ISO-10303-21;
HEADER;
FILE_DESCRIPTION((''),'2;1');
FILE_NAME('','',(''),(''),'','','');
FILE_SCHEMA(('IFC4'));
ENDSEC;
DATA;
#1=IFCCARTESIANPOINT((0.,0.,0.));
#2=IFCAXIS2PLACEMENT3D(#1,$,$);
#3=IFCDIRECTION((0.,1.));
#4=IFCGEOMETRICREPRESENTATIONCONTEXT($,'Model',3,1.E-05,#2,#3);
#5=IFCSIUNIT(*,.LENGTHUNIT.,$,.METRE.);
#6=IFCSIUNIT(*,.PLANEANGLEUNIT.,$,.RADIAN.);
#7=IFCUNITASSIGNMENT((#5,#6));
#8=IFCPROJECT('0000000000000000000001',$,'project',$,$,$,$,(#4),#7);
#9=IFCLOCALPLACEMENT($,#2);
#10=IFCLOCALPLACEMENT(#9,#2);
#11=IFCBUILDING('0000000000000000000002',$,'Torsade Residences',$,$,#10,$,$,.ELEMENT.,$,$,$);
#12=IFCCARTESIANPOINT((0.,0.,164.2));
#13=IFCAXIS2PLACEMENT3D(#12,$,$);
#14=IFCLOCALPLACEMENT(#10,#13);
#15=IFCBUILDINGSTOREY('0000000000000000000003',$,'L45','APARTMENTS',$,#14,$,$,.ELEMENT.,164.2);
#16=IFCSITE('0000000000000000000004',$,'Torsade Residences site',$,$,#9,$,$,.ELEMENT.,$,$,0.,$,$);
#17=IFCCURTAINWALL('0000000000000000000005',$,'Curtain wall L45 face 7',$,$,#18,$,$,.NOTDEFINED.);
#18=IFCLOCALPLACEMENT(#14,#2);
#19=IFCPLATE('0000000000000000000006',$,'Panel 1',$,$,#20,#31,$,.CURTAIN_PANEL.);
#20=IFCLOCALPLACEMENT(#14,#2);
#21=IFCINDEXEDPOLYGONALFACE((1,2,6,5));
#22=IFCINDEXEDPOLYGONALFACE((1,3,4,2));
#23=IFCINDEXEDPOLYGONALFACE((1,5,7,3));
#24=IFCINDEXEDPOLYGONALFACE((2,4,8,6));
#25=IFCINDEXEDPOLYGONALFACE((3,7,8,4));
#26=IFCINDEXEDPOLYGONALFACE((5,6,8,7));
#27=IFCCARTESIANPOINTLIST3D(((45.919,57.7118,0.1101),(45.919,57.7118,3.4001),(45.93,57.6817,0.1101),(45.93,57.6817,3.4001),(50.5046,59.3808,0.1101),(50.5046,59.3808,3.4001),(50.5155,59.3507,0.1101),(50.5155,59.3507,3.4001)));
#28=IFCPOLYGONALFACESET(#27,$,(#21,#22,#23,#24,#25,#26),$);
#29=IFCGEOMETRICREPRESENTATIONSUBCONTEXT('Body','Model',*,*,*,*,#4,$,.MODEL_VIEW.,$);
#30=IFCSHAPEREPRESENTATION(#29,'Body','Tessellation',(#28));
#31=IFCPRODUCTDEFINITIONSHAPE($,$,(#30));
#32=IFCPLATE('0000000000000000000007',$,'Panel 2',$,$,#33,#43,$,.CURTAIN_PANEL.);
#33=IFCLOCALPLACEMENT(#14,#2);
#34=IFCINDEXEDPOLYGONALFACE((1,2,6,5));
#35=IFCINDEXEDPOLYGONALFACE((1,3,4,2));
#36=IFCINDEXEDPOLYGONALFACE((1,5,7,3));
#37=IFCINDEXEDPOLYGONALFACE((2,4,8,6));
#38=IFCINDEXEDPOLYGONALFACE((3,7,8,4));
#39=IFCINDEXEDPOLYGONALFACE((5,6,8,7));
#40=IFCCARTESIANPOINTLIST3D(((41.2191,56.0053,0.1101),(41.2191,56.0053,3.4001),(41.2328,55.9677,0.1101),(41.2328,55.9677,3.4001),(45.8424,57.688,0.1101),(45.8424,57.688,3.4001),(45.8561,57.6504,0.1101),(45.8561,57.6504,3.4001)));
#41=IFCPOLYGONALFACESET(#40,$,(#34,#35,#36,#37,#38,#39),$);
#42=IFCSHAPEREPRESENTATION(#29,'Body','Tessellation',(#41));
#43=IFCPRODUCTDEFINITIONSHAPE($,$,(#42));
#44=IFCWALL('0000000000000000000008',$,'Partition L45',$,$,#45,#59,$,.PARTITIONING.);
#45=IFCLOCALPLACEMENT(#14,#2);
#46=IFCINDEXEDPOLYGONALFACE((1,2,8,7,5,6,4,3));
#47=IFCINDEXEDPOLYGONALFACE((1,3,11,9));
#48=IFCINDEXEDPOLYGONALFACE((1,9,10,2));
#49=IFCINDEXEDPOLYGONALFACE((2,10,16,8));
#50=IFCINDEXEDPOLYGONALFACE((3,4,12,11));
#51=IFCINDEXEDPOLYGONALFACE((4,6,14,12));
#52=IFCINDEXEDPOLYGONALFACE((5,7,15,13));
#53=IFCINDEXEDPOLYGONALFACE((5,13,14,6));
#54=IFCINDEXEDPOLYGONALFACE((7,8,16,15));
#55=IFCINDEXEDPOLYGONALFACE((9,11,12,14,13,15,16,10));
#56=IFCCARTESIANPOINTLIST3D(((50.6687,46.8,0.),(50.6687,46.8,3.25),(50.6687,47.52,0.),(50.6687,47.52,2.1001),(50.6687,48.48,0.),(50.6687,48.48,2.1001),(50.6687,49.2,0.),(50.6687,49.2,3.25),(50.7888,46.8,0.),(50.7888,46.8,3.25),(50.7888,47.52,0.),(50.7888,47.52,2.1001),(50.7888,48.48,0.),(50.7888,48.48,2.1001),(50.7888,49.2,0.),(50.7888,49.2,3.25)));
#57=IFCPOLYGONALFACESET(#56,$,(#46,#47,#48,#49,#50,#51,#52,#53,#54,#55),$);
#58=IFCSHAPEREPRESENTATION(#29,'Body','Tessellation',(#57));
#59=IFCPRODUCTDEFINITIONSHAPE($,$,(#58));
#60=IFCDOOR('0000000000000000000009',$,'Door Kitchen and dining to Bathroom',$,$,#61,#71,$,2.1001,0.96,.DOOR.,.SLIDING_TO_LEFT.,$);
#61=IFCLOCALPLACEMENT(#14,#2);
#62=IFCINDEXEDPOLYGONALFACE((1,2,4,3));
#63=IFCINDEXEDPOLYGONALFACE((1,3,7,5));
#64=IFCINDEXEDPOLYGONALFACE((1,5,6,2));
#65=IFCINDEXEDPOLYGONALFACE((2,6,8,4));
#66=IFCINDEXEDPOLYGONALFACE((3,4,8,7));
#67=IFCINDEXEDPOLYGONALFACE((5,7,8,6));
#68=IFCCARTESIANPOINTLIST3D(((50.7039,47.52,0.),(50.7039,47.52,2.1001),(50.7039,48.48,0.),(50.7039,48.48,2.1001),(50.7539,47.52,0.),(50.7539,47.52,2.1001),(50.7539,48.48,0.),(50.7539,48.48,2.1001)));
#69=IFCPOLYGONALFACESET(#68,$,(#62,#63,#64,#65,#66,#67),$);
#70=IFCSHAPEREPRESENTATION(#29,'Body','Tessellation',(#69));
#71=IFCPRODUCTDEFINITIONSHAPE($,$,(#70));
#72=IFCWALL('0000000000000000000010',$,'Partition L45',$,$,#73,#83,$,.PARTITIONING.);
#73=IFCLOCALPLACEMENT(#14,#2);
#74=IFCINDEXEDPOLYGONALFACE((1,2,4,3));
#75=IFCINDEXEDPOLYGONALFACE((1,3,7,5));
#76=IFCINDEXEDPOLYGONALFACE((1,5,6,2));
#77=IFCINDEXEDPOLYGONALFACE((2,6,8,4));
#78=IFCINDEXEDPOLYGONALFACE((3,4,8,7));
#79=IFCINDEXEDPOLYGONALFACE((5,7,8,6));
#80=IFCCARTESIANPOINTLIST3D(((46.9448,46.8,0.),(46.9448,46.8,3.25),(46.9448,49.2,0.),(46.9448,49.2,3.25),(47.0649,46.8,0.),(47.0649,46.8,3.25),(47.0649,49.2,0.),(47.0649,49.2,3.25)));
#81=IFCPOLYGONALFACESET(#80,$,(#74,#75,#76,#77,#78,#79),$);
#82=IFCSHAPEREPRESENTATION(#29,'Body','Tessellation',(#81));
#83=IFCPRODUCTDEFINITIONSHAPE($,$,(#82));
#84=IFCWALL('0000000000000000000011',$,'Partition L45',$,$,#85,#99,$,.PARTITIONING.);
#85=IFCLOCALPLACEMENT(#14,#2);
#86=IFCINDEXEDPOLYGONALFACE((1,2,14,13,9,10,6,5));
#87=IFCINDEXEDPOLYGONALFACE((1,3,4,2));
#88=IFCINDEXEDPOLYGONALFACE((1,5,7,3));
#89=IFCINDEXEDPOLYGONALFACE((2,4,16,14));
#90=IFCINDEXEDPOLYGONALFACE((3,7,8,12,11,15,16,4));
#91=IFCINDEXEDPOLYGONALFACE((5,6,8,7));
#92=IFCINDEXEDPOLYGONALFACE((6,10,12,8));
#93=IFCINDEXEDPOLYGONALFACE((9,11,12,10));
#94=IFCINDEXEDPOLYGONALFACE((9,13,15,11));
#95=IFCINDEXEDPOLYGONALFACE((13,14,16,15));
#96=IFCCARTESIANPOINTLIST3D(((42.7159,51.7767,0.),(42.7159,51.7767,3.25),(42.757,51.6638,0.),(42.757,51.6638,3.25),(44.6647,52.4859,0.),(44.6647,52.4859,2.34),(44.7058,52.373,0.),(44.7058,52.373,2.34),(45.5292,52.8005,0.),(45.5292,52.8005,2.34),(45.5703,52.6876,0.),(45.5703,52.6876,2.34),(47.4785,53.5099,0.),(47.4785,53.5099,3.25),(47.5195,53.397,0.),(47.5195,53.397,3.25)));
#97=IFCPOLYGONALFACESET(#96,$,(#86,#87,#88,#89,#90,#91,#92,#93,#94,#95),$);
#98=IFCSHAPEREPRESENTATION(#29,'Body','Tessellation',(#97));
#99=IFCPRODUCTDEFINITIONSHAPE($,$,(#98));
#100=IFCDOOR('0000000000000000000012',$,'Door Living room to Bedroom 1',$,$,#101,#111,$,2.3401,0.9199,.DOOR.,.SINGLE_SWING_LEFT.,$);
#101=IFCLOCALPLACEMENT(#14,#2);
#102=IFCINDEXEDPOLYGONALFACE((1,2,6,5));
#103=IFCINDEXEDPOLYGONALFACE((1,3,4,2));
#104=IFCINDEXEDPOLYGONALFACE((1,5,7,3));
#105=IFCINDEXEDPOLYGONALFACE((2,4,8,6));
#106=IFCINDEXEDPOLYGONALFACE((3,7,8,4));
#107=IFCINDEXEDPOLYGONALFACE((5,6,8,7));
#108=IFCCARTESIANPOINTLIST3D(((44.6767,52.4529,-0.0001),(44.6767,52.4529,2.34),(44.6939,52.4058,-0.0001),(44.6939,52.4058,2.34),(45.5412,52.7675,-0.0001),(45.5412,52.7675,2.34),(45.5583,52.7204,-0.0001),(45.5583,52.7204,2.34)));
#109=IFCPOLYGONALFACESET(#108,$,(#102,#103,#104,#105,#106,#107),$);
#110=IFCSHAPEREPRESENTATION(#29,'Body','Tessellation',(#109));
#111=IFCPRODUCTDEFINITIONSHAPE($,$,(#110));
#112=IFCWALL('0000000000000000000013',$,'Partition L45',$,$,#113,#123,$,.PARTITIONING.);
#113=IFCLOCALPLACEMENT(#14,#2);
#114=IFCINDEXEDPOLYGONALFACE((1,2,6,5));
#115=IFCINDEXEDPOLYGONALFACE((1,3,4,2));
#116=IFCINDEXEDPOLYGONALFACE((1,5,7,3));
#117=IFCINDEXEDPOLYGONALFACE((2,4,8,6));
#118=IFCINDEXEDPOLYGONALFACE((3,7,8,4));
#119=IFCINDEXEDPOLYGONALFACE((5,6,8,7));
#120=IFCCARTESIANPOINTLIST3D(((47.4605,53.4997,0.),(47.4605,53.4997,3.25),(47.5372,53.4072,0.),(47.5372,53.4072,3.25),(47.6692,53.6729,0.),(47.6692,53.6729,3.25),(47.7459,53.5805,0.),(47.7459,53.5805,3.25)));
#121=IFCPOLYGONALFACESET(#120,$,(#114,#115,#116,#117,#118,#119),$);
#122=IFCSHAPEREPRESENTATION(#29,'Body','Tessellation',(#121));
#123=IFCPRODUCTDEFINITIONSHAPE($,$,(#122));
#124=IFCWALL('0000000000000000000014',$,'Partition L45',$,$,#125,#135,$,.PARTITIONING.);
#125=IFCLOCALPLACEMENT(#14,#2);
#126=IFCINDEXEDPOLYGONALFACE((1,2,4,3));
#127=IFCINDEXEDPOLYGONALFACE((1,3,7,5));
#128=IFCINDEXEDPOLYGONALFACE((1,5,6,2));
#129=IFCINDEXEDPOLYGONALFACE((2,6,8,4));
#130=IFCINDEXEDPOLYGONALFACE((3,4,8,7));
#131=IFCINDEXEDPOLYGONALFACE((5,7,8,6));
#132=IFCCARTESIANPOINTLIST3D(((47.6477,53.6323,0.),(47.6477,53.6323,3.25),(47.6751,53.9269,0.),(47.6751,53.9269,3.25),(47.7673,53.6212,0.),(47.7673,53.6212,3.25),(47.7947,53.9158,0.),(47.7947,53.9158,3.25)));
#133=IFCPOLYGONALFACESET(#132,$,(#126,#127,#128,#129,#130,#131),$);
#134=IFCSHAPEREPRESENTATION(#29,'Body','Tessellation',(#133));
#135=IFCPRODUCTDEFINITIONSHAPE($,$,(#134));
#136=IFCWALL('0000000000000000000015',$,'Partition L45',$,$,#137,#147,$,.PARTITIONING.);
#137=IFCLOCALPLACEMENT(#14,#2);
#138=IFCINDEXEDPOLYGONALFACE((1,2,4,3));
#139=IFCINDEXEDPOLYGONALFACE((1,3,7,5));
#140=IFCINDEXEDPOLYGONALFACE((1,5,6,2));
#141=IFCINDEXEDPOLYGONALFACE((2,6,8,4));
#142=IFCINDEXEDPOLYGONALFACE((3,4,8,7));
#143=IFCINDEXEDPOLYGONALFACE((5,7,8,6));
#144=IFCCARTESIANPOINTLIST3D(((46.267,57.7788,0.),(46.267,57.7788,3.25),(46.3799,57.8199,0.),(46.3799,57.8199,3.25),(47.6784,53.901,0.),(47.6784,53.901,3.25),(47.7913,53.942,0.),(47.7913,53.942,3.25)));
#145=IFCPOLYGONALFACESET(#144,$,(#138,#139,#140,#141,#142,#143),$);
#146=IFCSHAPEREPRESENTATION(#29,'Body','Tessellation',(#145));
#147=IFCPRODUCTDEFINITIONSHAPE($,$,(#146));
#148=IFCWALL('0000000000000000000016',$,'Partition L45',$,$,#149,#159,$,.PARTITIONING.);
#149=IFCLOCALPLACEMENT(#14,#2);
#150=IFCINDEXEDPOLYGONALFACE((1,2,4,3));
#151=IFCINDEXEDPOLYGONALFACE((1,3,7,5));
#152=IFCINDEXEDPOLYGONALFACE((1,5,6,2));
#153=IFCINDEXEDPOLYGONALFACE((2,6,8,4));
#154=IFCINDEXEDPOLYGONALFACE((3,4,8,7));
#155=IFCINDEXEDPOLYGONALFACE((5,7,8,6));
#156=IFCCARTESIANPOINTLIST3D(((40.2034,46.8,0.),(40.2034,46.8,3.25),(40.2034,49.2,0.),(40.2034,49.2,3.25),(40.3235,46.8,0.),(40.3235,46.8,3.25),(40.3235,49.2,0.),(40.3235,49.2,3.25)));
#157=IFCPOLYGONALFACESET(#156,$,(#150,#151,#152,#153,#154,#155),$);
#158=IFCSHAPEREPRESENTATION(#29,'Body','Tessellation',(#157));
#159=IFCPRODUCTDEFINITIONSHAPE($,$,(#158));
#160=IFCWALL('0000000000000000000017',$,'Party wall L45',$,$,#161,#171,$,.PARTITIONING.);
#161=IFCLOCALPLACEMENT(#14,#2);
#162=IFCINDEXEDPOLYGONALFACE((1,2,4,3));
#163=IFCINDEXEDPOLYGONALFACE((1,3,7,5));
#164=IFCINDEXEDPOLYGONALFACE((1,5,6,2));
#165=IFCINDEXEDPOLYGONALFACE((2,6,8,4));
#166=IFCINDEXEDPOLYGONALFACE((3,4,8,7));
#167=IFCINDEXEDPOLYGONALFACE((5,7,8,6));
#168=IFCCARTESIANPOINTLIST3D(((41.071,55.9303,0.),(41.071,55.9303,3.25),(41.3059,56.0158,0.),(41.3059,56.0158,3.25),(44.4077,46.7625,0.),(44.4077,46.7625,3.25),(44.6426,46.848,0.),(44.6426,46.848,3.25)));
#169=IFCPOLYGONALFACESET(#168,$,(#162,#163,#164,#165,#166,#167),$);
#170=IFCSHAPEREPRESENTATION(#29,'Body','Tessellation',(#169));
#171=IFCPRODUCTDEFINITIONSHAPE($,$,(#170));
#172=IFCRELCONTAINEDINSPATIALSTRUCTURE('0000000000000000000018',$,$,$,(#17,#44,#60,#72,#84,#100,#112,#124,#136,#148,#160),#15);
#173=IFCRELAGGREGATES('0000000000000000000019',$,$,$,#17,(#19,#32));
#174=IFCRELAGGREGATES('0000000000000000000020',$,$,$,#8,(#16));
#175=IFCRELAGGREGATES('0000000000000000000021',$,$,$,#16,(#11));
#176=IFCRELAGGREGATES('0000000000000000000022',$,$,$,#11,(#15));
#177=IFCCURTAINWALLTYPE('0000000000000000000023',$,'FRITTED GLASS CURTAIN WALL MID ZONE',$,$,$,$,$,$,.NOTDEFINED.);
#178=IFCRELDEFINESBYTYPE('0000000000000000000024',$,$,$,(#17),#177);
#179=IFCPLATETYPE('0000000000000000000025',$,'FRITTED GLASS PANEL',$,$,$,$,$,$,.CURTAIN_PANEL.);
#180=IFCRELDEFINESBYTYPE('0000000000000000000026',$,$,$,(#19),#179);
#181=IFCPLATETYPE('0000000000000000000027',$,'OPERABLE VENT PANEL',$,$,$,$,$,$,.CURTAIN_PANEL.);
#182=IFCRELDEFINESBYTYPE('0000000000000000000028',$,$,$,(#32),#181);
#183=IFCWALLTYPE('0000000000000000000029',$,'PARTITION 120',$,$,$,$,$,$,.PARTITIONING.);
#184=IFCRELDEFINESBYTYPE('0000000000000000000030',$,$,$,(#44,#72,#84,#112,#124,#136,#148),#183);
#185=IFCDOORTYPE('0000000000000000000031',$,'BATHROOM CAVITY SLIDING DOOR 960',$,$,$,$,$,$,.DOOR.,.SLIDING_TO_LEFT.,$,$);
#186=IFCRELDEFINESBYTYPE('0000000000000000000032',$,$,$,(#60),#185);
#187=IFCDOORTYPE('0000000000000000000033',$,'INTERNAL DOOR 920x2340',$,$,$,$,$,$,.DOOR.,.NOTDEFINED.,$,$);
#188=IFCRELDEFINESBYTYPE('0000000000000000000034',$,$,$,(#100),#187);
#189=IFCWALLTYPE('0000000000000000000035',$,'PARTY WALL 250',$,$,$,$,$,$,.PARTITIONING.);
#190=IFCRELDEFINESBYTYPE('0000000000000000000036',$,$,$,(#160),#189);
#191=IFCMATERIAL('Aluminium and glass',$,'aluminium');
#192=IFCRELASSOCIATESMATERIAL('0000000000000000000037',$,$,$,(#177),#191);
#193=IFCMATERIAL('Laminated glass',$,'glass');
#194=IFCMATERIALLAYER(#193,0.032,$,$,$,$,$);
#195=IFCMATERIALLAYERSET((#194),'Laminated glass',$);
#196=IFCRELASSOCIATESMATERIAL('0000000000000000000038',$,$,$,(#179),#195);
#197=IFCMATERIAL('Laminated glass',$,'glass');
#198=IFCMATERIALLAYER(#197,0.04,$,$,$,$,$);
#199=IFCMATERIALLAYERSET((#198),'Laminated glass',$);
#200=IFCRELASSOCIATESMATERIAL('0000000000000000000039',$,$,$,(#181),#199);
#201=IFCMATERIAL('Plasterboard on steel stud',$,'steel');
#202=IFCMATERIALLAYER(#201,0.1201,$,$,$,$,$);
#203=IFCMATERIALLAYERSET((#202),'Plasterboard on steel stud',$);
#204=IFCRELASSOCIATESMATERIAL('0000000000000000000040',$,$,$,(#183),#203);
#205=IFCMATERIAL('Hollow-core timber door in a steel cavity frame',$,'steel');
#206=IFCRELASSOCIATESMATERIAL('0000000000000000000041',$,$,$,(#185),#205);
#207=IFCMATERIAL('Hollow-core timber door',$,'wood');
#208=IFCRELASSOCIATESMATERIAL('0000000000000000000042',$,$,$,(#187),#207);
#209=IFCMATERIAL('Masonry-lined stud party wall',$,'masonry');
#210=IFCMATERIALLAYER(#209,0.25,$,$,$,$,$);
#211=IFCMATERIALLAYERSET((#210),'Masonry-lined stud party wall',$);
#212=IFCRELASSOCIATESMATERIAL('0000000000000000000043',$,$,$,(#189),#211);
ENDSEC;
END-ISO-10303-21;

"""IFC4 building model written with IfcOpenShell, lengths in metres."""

from ifc_helpers import new_model, si_unit, direction, frame, frame_2d, origin, origin_2d, place, context, subcontext, project, spatial, rectangle, extrude, material, layer, layer_set, type_object, element, fill, aggregate, save


model = new_model("IFC4")

# Units and contexts
model_context = context("Model", 3, precision=1e-05, world=origin(), true_north=direction((0.0, 1.0)))
body_context = subcontext(model_context, "Body", "Model", "MODEL_VIEW")
ifc_project = project(units=[si_unit("LENGTHUNIT", "METRE"), si_unit("PLANEANGLEUNIT", "RADIAN")], contexts=[model_context])

# Site, building, storey
site_placement = place(None, origin())
site = spatial("IfcSite", under=ifc_project, at=site_placement, Name="Torsade Residences site", CompositionType="ELEMENT", RefElevation=0.0)
building_placement = place(site_placement, origin())
building = spatial("IfcBuilding", under=site, at=building_placement, Name="Torsade Residences", CompositionType="ELEMENT")
storey_placement = place(building_placement, frame((0.0, 0.0, 164.2)))
storey = spatial("IfcBuildingStorey", under=building, at=storey_placement, Name="L45", Description="APARTMENTS", CompositionType="ELEMENT", Elevation=164.2)

# Curtain wall
ifc_material_1 = material(Name="Aluminium and glass", Category="aluminium")
curtain_wall_type = type_object("IfcCurtainWallType", Name="FRITTED GLASS CURTAIN WALL MID ZONE", PredefinedType="NOTDEFINED", material=ifc_material_1)
curtain_wall_placement = place(storey_placement, origin())
curtain_wall = element("IfcCurtainWall", 1, at=curtain_wall_placement, inside=storey, type_object=curtain_wall_type, Name="Curtain wall L45 face 7", PredefinedType="NOTDEFINED")

# Plates
ifc_material_2 = material(Name="Laminated glass", Category="glass")
ifc_layer_1 = layer(ifc_material_2, 0.032)
ifc_layer_set_1 = layer_set([ifc_layer_1], Name="Laminated glass")
plate_type_1 = type_object("IfcPlateType", Name="FRITTED GLASS PANEL", PredefinedType="CURTAIN_PANEL", material=ifc_layer_set_1)
plate_1_placement = place(storey_placement, frame((48.2173, 58.5312, 0.1101), z_axis=(0.0, 0.0, 1.0), x_axis=(-0.939693, -0.34202, 0.0)))
plate_1 = element("IfcPlate", 2, at=plate_1_placement, type_object=plate_type_1, Name="Panel 1", PredefinedType="CURTAIN_PANEL", context=body_context, shape_type="SweptSolid", body=[
    extrude(rectangle(XDim=4.8799, YDim=0.032, at=origin_2d()), origin(), (0.0, 0.0, 1.0), 3.29),
])
ifc_material_3 = material(Name="Laminated glass", Category="glass")
ifc_layer_2 = layer(ifc_material_3, 0.04)
ifc_layer_set_2 = layer_set([ifc_layer_2], Name="Laminated glass")
plate_type_2 = type_object("IfcPlateType", Name="OPERABLE VENT PANEL", PredefinedType="CURTAIN_PANEL", material=ifc_layer_set_2)
plate_2_placement = place(storey_placement, frame((43.5376, 56.8279, 0.1101), z_axis=(0.0, 0.0, 1.0), x_axis=(-0.939693, -0.34202, 0.0)))
plate_2 = element("IfcPlate", 3, at=plate_2_placement, type_object=plate_type_2, Name="Panel 2", PredefinedType="CURTAIN_PANEL", context=body_context, shape_type="SweptSolid", body=[
    extrude(rectangle(XDim=4.9199, YDim=0.04, at=origin_2d()), origin(), (0.0, 0.0, 1.0), 3.29),
])
aggregate(curtain_wall, [plate_1, plate_2])

# Wall, opening, door
ifc_material_4 = material(Name="Plasterboard on steel stud", Category="steel")
ifc_layer_3 = layer(ifc_material_4, 0.1201)
ifc_layer_set_3 = layer_set([ifc_layer_3], Name="Plasterboard on steel stud")
wall_type_1 = type_object("IfcWallType", Name="PARTITION 120", PredefinedType="PARTITIONING", material=ifc_layer_set_3)
wall_1_placement = place(storey_placement, frame((50.7288, 46.8, 0.0), z_axis=(0.0, 0.0, 1.0), x_axis=(0.0, 1.0, 0.0)))
wall_1 = element("IfcWall", 4, at=wall_1_placement, inside=storey, type_object=wall_type_1, Name="Partition L45", PredefinedType="PARTITIONING", context=body_context, shape_type="SweptSolid", body=[
    extrude(rectangle(XDim=2.3999, YDim=0.1201, at=frame_2d((1.2, 0.0))), origin(), (0.0, 0.0, 1.0), 3.25),
])
opening_1_placement = place(wall_1_placement, frame((0.72, 0.0, 0.0)))
opening_1 = element("IfcOpeningElement", 5, at=opening_1_placement, cuts=wall_1, PredefinedType="OPENING", context=body_context, shape_type="SweptSolid", body=[
    extrude(rectangle(XDim=0.96, YDim=2.1001, at=frame_2d((0.48, 1.05))), frame((0.0, 0.0701, 0.0), z_axis=(0.0, -1.0, 0.0), x_axis=(1.0, 0.0, 0.0)), (0.0, 0.0, 1.0), 0.1401),
])
ifc_material_5 = material(Name="Hollow-core timber door in a steel cavity frame", Category="steel")
door_type_1 = type_object("IfcDoorType", Name="BATHROOM CAVITY SLIDING DOOR 960", OperationType="SLIDING_TO_LEFT", PredefinedType="DOOR", material=ifc_material_5)
door_1_placement = place(opening_1_placement, origin())
door_1 = element("IfcDoor", 6, at=door_1_placement, inside=storey, type_object=door_type_1, Name="Door Kitchen and dining to Bathroom", OperationType="SLIDING_TO_LEFT", OverallHeight=2.1001, OverallWidth=0.96, PredefinedType="DOOR", context=body_context, shape_type="SweptSolid", body=[
    extrude(rectangle(XDim=0.96, YDim=2.1001, at=frame_2d((0.48, 1.05))), frame((0.0, 0.0249, 0.0), z_axis=(0.0, -1.0, 0.0), x_axis=(1.0, 0.0, 0.0)), (0.0, 0.0, 1.0), 0.05),
])
fill(opening_1, door_1)

# Wall
wall_2_placement = place(storey_placement, frame((47.0049, 46.8, 0.0), z_axis=(0.0, 0.0, 1.0), x_axis=(0.0, 1.0, 0.0)))
element("IfcWall", 7, at=wall_2_placement, inside=storey, type_object=wall_type_1, Name="Partition L45", PredefinedType="PARTITIONING", context=body_context, shape_type="SweptSolid", body=[
    extrude(rectangle(XDim=2.3999, YDim=0.1201, at=frame_2d((1.2, 0.0))), origin(), (0.0, 0.0, 1.0), 3.25),
])

# Wall, opening, door
wall_3_placement = place(storey_placement, frame((42.7363, 51.7202, 0.0), z_axis=(0.0, 0.0, 1.0), x_axis=(0.939708, 0.341979, 0.0)))
wall_3 = element("IfcWall", 8, at=wall_3_placement, inside=storey, type_object=wall_type_1, Name="Partition L45", PredefinedType="PARTITIONING", context=body_context, shape_type="SweptSolid", body=[
    extrude(rectangle(XDim=5.0681, YDim=0.1201, at=frame_2d((2.5342, 0.0))), origin(), (0.0, 0.0, 1.0), 3.25),
])
opening_2_placement = place(wall_3_placement, frame((2.074, 0.0, 0.0)))
opening_2 = element("IfcOpeningElement", 9, at=opening_2_placement, cuts=wall_3, PredefinedType="OPENING", context=body_context, shape_type="SweptSolid", body=[
    extrude(rectangle(XDim=0.9199, YDim=2.3401, at=frame_2d((0.46, 1.1699))), frame((0.0, 0.0701, 0.0), z_axis=(0.0, -1.0, 0.0), x_axis=(1.0, 0.0, 0.0)), (0.0, 0.0, 1.0), 0.1401),
])
ifc_material_6 = material(Name="Hollow-core timber door", Category="wood")
door_type_2 = type_object("IfcDoorType", Name="INTERNAL DOOR 920x2340", OperationType="NOTDEFINED", PredefinedType="DOOR", material=ifc_material_6)
door_2_placement = place(opening_2_placement, origin())
door_2 = element("IfcDoor", 10, at=door_2_placement, inside=storey, type_object=door_type_2, Name="Door Living room to Bedroom 1", OperationType="SINGLE_SWING_LEFT", OverallHeight=2.3401, OverallWidth=0.9199, PredefinedType="DOOR", context=body_context, shape_type="SweptSolid", body=[
    extrude(rectangle(XDim=0.9199, YDim=2.3401, at=frame_2d((0.46, 1.1699))), frame((0.0, 0.0249, 0.0), z_axis=(0.0, -1.0, 0.0), x_axis=(1.0, 0.0, 0.0)), (0.0, 0.0, 1.0), 0.05),
])
fill(opening_2, door_2)

# Walls
wall_4_placement = place(storey_placement, frame((47.4988, 53.4534, 0.0), z_axis=(0.0, 0.0, 1.0), x_axis=(0.769326, 0.638856, 0.0)))
element("IfcWall", 11, at=wall_4_placement, inside=storey, type_object=wall_type_1, Name="Partition L45", PredefinedType="PARTITIONING", context=body_context, shape_type="SweptSolid", body=[
    extrude(rectangle(XDim=0.2712, YDim=0.1201, at=frame_2d((0.1357, 0.0))), origin(), (0.0, 0.0, 1.0), 3.25),
])
wall_5_placement = place(storey_placement, frame((47.7075, 53.6267, 0.0), z_axis=(0.0, 0.0, 1.0), x_axis=(0.092395, 0.995722, 0.0)))
element("IfcWall", 12, at=wall_5_placement, inside=storey, type_object=wall_type_1, Name="Partition L45", PredefinedType="PARTITIONING", context=body_context, shape_type="SweptSolid", body=[
    extrude(rectangle(XDim=0.2959, YDim=0.1201, at=frame_2d((0.1479, 0.0))), origin(), (0.0, 0.0, 1.0), 3.25),
])
wall_6_placement = place(storey_placement, frame((47.7349, 53.9214, 0.0), z_axis=(0.0, 0.0, 1.0), x_axis=(-0.342004, 0.939698, 0.0)))
element("IfcWall", 13, at=wall_6_placement, inside=storey, type_object=wall_type_1, Name="Partition L45", PredefinedType="PARTITIONING", context=body_context, shape_type="SweptSolid", body=[
    extrude(rectangle(XDim=4.1267, YDim=0.1201, at=frame_2d((2.0635, 0.0))), origin(), (0.0, 0.0, 1.0), 3.25),
])
wall_7_placement = place(storey_placement, frame((40.2634, 49.2, 0.0), z_axis=(0.0, 0.0, 1.0), x_axis=(0.0, -1.0, 0.0)))
element("IfcWall", 14, at=wall_7_placement, inside=storey, type_object=wall_type_1, Name="Partition L45", PredefinedType="PARTITIONING", context=body_context, shape_type="SweptSolid", body=[
    extrude(rectangle(XDim=2.3999, YDim=0.1201, at=frame_2d((1.2, 0.0))), origin(), (0.0, 0.0, 1.0), 3.25),
])
ifc_material_7 = material(Name="Masonry-lined stud party wall", Category="masonry")
ifc_layer_4 = layer(ifc_material_7, 0.25)
ifc_layer_set_4 = layer_set([ifc_layer_4], Name="Masonry-lined stud party wall")
wall_type_2 = type_object("IfcWallType", Name="PARTY WALL 250", PredefinedType="PARTITIONING", material=ifc_layer_set_4)
wall_8_placement = place(storey_placement, frame((41.1885, 55.9729, 0.0), z_axis=(0.0, 0.0, 1.0), x_axis=(0.34201, -0.939696, 0.0)))
element("IfcWall", 15, at=wall_8_placement, inside=storey, type_object=wall_type_2, Name="Party wall L45", PredefinedType="PARTITIONING", context=body_context, shape_type="SweptSolid", body=[
    extrude(rectangle(XDim=9.7561, YDim=0.25, at=frame_2d((4.8779, 0.0))), origin(), (0.0, 0.0, 1.0), 3.25),
])

save(model, "model.ifc")
